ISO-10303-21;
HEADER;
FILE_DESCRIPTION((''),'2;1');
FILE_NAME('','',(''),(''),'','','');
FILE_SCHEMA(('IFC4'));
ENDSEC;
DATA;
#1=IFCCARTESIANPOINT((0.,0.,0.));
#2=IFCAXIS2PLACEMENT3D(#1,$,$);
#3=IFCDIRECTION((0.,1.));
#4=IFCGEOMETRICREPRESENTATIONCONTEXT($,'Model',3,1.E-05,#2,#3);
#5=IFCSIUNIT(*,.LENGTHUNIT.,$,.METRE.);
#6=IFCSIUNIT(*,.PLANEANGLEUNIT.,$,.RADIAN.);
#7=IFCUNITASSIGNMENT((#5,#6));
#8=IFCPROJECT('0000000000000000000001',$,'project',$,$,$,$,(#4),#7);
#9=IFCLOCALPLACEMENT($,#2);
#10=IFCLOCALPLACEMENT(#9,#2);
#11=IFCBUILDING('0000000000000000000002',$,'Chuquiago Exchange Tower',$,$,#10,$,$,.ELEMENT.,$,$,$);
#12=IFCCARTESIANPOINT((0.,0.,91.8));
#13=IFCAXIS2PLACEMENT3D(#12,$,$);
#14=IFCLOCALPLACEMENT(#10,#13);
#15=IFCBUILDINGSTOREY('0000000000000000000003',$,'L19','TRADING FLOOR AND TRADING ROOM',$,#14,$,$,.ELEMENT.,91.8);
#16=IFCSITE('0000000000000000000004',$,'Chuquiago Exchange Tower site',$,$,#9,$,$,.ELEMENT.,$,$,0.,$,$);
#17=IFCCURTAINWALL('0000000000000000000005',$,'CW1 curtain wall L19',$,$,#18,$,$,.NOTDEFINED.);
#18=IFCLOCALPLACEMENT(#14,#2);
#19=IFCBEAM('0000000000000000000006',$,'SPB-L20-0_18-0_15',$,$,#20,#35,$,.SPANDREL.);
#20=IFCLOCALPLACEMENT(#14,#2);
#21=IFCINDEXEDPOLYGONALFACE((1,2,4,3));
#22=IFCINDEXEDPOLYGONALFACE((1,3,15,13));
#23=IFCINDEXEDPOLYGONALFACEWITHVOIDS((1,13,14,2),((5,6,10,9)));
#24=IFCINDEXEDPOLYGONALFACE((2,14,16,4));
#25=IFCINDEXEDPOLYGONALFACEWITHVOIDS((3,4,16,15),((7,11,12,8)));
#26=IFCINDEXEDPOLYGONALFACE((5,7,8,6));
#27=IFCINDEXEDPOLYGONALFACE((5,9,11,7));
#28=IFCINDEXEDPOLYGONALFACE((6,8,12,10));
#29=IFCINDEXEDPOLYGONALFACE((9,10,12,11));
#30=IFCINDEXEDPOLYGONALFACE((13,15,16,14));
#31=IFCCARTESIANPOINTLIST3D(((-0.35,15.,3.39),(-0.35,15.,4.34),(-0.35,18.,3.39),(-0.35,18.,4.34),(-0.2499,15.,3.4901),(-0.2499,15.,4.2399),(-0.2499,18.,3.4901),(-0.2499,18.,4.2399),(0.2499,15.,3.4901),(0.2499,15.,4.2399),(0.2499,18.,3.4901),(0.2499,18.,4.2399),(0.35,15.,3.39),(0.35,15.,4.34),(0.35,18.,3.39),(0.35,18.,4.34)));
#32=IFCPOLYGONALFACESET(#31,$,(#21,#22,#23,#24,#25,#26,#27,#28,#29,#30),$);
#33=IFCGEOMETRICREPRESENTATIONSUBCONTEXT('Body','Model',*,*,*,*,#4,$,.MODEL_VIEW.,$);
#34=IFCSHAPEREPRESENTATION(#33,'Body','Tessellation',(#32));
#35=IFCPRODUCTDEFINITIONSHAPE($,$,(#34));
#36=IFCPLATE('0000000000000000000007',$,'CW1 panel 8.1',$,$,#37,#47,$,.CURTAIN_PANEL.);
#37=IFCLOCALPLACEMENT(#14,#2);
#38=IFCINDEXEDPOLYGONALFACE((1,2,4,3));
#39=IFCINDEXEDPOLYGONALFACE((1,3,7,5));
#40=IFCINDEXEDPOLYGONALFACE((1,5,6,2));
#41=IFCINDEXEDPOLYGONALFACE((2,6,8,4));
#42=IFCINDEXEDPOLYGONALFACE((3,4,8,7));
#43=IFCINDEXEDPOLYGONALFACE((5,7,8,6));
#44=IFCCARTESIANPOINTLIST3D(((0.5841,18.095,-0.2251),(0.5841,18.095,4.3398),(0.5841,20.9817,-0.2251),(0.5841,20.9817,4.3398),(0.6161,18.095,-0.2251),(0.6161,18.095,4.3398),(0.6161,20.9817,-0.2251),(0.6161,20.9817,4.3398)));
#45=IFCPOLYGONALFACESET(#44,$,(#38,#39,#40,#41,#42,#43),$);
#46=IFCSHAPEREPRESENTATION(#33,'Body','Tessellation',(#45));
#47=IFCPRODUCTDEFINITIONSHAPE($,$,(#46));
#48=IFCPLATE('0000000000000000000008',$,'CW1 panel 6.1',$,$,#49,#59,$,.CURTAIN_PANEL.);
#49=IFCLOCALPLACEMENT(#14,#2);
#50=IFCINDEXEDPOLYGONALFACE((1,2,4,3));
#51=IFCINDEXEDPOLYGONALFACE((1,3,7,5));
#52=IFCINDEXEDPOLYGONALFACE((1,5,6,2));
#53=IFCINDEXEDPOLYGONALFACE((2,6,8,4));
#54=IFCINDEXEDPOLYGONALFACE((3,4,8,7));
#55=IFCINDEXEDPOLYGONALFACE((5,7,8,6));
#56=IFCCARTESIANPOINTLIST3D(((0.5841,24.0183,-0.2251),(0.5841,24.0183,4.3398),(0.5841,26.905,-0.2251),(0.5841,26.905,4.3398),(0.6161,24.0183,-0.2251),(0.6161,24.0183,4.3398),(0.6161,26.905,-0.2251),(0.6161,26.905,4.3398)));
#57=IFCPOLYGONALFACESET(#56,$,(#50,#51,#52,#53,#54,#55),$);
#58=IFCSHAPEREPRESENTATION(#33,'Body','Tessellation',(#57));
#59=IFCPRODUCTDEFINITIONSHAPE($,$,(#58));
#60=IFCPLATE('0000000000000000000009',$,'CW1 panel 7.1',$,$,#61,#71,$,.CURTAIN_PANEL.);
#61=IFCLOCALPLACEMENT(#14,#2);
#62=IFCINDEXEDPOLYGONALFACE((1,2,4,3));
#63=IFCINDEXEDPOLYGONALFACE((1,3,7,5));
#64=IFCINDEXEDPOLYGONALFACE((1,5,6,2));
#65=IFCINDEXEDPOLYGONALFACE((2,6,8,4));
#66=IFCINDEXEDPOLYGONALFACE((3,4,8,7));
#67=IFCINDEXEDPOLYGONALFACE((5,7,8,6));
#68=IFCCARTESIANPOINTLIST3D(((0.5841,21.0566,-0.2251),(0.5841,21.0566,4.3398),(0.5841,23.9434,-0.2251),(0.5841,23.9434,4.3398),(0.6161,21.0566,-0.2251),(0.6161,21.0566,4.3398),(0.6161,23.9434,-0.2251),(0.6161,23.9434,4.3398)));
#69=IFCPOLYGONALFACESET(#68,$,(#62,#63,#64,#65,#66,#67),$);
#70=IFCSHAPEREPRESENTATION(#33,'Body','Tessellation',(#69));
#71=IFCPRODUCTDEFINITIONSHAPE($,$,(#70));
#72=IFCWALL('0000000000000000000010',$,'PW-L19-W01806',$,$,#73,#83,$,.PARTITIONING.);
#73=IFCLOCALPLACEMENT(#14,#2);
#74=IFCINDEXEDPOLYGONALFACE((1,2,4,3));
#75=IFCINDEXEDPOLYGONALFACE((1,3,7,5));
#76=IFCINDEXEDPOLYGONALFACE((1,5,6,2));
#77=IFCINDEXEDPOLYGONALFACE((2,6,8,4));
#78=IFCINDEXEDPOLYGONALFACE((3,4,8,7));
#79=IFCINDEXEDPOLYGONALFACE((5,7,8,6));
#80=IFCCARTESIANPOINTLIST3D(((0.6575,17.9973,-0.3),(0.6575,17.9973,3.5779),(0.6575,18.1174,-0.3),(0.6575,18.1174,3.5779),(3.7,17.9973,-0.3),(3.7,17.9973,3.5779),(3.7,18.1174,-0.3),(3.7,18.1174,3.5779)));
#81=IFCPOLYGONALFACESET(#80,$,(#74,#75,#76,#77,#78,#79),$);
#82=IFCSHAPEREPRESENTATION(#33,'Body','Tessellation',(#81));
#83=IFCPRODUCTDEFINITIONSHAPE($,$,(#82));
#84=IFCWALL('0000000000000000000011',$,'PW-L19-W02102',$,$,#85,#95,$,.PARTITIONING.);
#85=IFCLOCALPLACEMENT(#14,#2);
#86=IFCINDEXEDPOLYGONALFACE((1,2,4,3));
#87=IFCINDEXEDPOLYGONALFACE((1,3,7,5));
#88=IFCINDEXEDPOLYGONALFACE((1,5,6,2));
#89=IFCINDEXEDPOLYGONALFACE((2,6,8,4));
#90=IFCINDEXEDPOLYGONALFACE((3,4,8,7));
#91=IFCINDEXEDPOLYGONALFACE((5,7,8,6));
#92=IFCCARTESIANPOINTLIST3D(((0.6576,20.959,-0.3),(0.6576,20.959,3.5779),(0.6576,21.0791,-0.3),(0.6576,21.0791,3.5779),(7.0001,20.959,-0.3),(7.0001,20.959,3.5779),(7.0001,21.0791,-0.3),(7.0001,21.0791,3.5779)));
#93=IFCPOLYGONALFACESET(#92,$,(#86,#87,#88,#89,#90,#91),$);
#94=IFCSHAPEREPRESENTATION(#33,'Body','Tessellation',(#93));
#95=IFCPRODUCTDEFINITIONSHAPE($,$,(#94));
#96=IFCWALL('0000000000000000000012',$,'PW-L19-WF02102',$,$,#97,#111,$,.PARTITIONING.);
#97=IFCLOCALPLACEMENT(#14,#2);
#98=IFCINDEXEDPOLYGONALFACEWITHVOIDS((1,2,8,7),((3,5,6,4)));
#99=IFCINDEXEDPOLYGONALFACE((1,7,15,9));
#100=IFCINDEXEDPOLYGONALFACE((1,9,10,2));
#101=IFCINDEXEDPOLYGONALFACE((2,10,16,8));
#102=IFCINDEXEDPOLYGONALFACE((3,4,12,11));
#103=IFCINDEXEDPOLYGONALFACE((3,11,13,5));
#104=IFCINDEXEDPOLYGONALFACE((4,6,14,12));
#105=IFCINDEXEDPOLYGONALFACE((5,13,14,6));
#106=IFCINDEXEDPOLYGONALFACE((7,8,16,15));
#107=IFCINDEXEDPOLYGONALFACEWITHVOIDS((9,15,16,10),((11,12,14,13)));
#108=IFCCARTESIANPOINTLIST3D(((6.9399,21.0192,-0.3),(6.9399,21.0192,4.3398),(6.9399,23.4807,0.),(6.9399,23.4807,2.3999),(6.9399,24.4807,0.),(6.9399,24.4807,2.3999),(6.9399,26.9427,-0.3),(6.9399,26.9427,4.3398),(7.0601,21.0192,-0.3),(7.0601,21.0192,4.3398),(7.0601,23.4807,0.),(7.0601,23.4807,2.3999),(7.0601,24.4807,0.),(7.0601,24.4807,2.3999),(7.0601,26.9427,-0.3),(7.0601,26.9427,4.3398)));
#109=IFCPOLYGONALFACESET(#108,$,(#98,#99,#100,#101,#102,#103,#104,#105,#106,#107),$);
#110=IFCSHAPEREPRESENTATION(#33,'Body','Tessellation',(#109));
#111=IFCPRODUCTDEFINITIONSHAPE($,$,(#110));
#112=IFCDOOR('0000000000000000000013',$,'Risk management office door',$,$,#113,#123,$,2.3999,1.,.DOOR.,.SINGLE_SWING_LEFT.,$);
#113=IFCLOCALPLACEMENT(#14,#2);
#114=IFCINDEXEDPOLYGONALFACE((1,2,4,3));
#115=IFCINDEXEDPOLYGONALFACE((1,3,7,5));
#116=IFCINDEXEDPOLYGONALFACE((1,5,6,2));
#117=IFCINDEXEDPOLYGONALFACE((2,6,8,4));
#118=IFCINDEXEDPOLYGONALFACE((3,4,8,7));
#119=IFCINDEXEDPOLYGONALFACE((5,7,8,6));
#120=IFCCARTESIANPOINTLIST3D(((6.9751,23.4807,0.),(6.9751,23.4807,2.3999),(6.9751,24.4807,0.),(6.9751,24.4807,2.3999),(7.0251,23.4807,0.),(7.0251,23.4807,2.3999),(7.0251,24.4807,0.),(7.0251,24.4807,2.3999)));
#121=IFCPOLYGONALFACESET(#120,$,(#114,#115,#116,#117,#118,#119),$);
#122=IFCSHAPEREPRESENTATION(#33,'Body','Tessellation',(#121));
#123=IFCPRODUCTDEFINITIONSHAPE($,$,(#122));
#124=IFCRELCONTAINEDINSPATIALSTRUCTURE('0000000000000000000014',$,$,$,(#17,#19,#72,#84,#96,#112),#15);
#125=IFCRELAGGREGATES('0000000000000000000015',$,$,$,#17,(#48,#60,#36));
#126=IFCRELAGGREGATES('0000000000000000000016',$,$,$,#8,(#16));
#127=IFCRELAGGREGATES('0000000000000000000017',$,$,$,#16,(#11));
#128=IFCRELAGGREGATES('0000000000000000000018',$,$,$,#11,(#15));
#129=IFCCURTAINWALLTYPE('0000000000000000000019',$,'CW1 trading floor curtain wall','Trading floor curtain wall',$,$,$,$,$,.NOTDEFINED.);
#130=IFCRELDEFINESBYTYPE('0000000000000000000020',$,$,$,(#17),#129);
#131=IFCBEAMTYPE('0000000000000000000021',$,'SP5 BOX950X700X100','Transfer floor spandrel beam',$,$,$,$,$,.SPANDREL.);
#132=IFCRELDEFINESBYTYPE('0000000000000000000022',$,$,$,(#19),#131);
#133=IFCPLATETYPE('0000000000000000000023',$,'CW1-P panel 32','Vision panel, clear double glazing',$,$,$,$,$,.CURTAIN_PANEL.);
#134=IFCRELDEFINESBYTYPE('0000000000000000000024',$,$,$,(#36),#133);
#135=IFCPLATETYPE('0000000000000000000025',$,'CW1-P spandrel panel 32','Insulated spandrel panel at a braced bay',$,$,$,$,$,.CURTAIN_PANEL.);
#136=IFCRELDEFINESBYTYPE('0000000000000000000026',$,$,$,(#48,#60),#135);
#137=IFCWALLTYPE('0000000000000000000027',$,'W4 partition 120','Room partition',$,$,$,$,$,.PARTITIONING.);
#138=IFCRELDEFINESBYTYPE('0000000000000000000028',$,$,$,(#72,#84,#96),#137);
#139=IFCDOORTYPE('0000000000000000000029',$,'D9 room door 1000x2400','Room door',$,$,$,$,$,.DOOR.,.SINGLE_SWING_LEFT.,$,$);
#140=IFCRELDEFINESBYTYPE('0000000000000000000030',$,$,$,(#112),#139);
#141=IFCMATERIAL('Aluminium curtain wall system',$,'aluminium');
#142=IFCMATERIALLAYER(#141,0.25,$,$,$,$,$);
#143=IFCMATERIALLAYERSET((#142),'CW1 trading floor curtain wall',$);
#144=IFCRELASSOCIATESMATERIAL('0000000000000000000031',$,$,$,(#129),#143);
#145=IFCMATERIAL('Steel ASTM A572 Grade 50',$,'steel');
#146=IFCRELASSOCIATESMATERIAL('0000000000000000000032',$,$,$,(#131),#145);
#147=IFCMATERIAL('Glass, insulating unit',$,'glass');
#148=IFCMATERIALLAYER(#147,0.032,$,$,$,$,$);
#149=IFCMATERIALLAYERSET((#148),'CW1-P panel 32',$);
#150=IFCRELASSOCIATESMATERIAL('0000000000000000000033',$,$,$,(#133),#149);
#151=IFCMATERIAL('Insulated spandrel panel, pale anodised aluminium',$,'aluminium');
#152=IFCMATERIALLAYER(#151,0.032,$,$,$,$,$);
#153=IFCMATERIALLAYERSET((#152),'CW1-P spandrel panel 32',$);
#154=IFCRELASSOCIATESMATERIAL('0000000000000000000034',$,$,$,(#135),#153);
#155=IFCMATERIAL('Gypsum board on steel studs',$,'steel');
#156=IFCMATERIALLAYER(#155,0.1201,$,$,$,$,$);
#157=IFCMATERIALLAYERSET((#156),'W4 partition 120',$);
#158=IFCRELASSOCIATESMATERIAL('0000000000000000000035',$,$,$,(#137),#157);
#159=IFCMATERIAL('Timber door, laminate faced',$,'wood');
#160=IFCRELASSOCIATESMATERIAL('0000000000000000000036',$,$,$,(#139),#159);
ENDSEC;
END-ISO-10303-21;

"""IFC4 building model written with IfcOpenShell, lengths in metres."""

from ifc_helpers import new_model, si_unit, direction, frame, frame_2d, origin, origin_2d, place, context, subcontext, project, spatial, rectangle, hollow_rectangle, extrude, material, layer, layer_set, material_profile, profile_set, type_object, element, fill, aggregate, save


model = new_model("IFC4")

# Units and contexts
model_context = context("Model", 3, precision=1e-05, world=origin(), true_north=direction((0.0, 1.0)))
body_context = subcontext(model_context, "Body", "Model", "MODEL_VIEW")
ifc_project = project(units=[si_unit("LENGTHUNIT", "METRE"), si_unit("PLANEANGLEUNIT", "RADIAN")], contexts=[model_context])

# Site, building, storey
site_placement = place(None, origin())
site = spatial("IfcSite", under=ifc_project, at=site_placement, Name="Chuquiago Exchange Tower site", CompositionType="ELEMENT", RefElevation=0.0)
building_placement = place(site_placement, origin())
building = spatial("IfcBuilding", under=site, at=building_placement, Name="Chuquiago Exchange Tower", CompositionType="ELEMENT")
storey_placement = place(building_placement, frame((0.0, 0.0, 91.8)))
storey = spatial("IfcBuildingStorey", under=building, at=storey_placement, Name="L19", Description="TRADING FLOOR AND TRADING ROOM", CompositionType="ELEMENT", Elevation=91.8)

# Curtain wall
ifc_material_1 = material(Name="Aluminium curtain wall system", Category="aluminium")
ifc_layer_1 = layer(ifc_material_1, 0.25)
ifc_layer_set_1 = layer_set([ifc_layer_1], Name="CW1 trading floor curtain wall")
curtain_wall_type = type_object("IfcCurtainWallType", Name="CW1 trading floor curtain wall", Description="Trading floor curtain wall", PredefinedType="NOTDEFINED", material=ifc_layer_set_1)
curtain_wall_placement = place(storey_placement, origin())
curtain_wall = element("IfcCurtainWall", 1, at=curtain_wall_placement, inside=storey, type_object=curtain_wall_type, Name="CW1 curtain wall L19", PredefinedType="NOTDEFINED")

# Beam
ifc_material_2 = material(Name="Steel ASTM A572 Grade 50", Category="steel")
ifc_material_profile_1 = material_profile(ifc_material_2, hollow_rectangle(XDim=0.7, YDim=0.95, WallThickness=0.1001, at=origin_2d()), Name="BOX950X700X100")
ifc_profile_set_1 = profile_set([ifc_material_profile_1], Name="Steel ASTM A572 Grade 50")
beam_type = type_object("IfcBeamType", Name="SP5 BOX950X700X100", Description="Transfer floor spandrel beam", PredefinedType="SPANDREL", material=ifc_profile_set_1)
for number, where, z_axis, x_axis, name in (
    (2, (0.0, 18.0, 3.865), (0.0, -1.0, 0.0), (1.0, 0.0, 0.0), "SPB-L20-0_18-0_15"),
):
    element("IfcBeam", number, at=place(storey_placement, frame(where, z_axis=z_axis, x_axis=x_axis)), inside=storey, type_object=beam_type, Name=name, PredefinedType="SPANDREL", context=body_context, shape_type="SweptSolid", body=[
        extrude(hollow_rectangle(XDim=0.7, YDim=0.95, WallThickness=0.1001, at=origin_2d()), origin(), (0.0, 0.0, 1.0), 3.0),
    ])

# Plates
ifc_material_3 = material(Name="Glass, insulating unit", Category="glass")
ifc_layer_2 = layer(ifc_material_3, 0.032)
ifc_layer_set_2 = layer_set([ifc_layer_2], Name="CW1-P panel 32")
plate_type_1 = type_object("IfcPlateType", Name="CW1-P panel 32", Description="Vision panel, clear double glazing", PredefinedType="CURTAIN_PANEL", material=ifc_layer_set_2)
plate_1_placement = place(storey_placement, frame((0.6001, 19.5383, -0.2251), z_axis=(0.0, 0.0, 1.0), x_axis=(0.0, -1.0, 0.0)))
plate_1 = element("IfcPlate", 3, at=plate_1_placement, type_object=plate_type_1, Name="CW1 panel 8.1", PredefinedType="CURTAIN_PANEL", context=body_context, shape_type="SweptSolid", body=[
    extrude(rectangle(XDim=2.8867, YDim=0.032, at=origin_2d()), origin(), (0.0, 0.0, 1.0), 4.5649),
])
ifc_material_4 = material(Name="Insulated spandrel panel, pale anodised aluminium", Category="aluminium")
ifc_layer_3 = layer(ifc_material_4, 0.032)
ifc_layer_set_3 = layer_set([ifc_layer_3], Name="CW1-P spandrel panel 32")
plate_type_2 = type_object("IfcPlateType", Name="CW1-P spandrel panel 32", Description="Insulated spandrel panel at a braced bay", PredefinedType="CURTAIN_PANEL", material=ifc_layer_set_3)
plate_2_placement = place(storey_placement, frame((0.6001, 25.4617, -0.2251), z_axis=(0.0, 0.0, 1.0), x_axis=(0.0, -1.0, 0.0)))
plate_2 = element("IfcPlate", 4, at=plate_2_placement, type_object=plate_type_2, Name="CW1 panel 6.1", PredefinedType="CURTAIN_PANEL", context=body_context, shape_type="SweptSolid", body=[
    extrude(rectangle(XDim=2.8867, YDim=0.032, at=origin_2d()), origin(), (0.0, 0.0, 1.0), 4.5649),
])
plate_3_placement = place(storey_placement, frame((0.6001, 22.5, -0.2251), z_axis=(0.0, 0.0, 1.0), x_axis=(0.0, -1.0, 0.0)))
plate_3 = element("IfcPlate", 5, at=plate_3_placement, type_object=plate_type_2, Name="CW1 panel 7.1", PredefinedType="CURTAIN_PANEL", context=body_context, shape_type="SweptSolid", body=[
    extrude(rectangle(XDim=2.8867, YDim=0.032, at=origin_2d()), origin(), (0.0, 0.0, 1.0), 4.5649),
])
aggregate(curtain_wall, [plate_2, plate_3, plate_1])

# Walls
ifc_material_5 = material(Name="Gypsum board on steel studs", Category="steel")
ifc_layer_4 = layer(ifc_material_5, 0.1201)
ifc_layer_set_4 = layer_set([ifc_layer_4], Name="W4 partition 120")
wall_type = type_object("IfcWallType", Name="W4 partition 120", Description="Room partition", PredefinedType="PARTITIONING", material=ifc_layer_set_4)
wall_1_placement = place(storey_placement, frame((0.6575, 18.0574, -0.3), z_axis=(0.0, 0.0, 1.0), x_axis=(1.0, 0.0, 0.0)))
element("IfcWall", 6, at=wall_1_placement, inside=storey, type_object=wall_type, Name="PW-L19-W01806", PredefinedType="PARTITIONING", context=body_context, shape_type="SweptSolid", body=[
    extrude(rectangle(XDim=3.0425, YDim=0.1201, at=frame_2d((1.5212, 0.0))), origin(), (0.0, 0.0, 1.0), 3.8779),
])
wall_2_placement = place(storey_placement, frame((0.6575, 21.019, -0.3), z_axis=(0.0, 0.0, 1.0), x_axis=(1.0, 0.0, 0.0)))
element("IfcWall", 7, at=wall_2_placement, inside=storey, type_object=wall_type, Name="PW-L19-W02102", PredefinedType="PARTITIONING", context=body_context, shape_type="SweptSolid", body=[
    extrude(rectangle(XDim=6.3425, YDim=0.1201, at=frame_2d((3.1714, 0.0))), origin(), (0.0, 0.0, 1.0), 3.8779),
])

# Wall, opening, door
wall_3_placement = place(storey_placement, frame((7.0, 21.019, -0.3), z_axis=(0.0, 0.0, 1.0), x_axis=(0.0, 1.0, 0.0)))
wall_3 = element("IfcWall", 8, at=wall_3_placement, inside=storey, type_object=wall_type, Name="PW-L19-WF02102", PredefinedType="PARTITIONING", context=body_context, shape_type="SweptSolid", body=[
    extrude(rectangle(XDim=5.9236, YDim=0.1201, at=frame_2d((2.9619, 0.0))), origin(), (0.0, 0.0, 1.0), 4.6399),
])
opening_placement = place(wall_3_placement, frame((2.4617, 0.0, 0.3)))
opening = element("IfcOpeningElement", 9, at=opening_placement, cuts=wall_3, PredefinedType="OPENING", context=body_context, shape_type="SweptSolid", body=[
    extrude(rectangle(XDim=1.0, YDim=2.3999, at=frame_2d((0.5, 1.2))), frame((0.0, 0.0701, 0.0), z_axis=(0.0, -1.0, 0.0), x_axis=(1.0, 0.0, 0.0)), (0.0, 0.0, 1.0), 0.1401),
])
ifc_material_6 = material(Name="Timber door, laminate faced", Category="wood")
door_type = type_object("IfcDoorType", Name="D9 room door 1000x2400", Description="Room door", OperationType="SINGLE_SWING_LEFT", PredefinedType="DOOR", material=ifc_material_6)
door_placement = place(opening_placement, origin())
door = element("IfcDoor", 10, at=door_placement, inside=storey, type_object=door_type, Name="Risk management office door", OperationType="SINGLE_SWING_LEFT", OverallHeight=2.3999, OverallWidth=1.0, PredefinedType="DOOR", context=body_context, shape_type="SweptSolid", body=[
    extrude(rectangle(XDim=1.0, YDim=2.3999, at=frame_2d((0.5, 1.2))), frame((0.0, 0.0249, 0.0), z_axis=(0.0, -1.0, 0.0), x_axis=(1.0, 0.0, 0.0)), (0.0, 0.0, 1.0), 0.05),
])
fill(opening, door)

save(model, "model.ifc")
